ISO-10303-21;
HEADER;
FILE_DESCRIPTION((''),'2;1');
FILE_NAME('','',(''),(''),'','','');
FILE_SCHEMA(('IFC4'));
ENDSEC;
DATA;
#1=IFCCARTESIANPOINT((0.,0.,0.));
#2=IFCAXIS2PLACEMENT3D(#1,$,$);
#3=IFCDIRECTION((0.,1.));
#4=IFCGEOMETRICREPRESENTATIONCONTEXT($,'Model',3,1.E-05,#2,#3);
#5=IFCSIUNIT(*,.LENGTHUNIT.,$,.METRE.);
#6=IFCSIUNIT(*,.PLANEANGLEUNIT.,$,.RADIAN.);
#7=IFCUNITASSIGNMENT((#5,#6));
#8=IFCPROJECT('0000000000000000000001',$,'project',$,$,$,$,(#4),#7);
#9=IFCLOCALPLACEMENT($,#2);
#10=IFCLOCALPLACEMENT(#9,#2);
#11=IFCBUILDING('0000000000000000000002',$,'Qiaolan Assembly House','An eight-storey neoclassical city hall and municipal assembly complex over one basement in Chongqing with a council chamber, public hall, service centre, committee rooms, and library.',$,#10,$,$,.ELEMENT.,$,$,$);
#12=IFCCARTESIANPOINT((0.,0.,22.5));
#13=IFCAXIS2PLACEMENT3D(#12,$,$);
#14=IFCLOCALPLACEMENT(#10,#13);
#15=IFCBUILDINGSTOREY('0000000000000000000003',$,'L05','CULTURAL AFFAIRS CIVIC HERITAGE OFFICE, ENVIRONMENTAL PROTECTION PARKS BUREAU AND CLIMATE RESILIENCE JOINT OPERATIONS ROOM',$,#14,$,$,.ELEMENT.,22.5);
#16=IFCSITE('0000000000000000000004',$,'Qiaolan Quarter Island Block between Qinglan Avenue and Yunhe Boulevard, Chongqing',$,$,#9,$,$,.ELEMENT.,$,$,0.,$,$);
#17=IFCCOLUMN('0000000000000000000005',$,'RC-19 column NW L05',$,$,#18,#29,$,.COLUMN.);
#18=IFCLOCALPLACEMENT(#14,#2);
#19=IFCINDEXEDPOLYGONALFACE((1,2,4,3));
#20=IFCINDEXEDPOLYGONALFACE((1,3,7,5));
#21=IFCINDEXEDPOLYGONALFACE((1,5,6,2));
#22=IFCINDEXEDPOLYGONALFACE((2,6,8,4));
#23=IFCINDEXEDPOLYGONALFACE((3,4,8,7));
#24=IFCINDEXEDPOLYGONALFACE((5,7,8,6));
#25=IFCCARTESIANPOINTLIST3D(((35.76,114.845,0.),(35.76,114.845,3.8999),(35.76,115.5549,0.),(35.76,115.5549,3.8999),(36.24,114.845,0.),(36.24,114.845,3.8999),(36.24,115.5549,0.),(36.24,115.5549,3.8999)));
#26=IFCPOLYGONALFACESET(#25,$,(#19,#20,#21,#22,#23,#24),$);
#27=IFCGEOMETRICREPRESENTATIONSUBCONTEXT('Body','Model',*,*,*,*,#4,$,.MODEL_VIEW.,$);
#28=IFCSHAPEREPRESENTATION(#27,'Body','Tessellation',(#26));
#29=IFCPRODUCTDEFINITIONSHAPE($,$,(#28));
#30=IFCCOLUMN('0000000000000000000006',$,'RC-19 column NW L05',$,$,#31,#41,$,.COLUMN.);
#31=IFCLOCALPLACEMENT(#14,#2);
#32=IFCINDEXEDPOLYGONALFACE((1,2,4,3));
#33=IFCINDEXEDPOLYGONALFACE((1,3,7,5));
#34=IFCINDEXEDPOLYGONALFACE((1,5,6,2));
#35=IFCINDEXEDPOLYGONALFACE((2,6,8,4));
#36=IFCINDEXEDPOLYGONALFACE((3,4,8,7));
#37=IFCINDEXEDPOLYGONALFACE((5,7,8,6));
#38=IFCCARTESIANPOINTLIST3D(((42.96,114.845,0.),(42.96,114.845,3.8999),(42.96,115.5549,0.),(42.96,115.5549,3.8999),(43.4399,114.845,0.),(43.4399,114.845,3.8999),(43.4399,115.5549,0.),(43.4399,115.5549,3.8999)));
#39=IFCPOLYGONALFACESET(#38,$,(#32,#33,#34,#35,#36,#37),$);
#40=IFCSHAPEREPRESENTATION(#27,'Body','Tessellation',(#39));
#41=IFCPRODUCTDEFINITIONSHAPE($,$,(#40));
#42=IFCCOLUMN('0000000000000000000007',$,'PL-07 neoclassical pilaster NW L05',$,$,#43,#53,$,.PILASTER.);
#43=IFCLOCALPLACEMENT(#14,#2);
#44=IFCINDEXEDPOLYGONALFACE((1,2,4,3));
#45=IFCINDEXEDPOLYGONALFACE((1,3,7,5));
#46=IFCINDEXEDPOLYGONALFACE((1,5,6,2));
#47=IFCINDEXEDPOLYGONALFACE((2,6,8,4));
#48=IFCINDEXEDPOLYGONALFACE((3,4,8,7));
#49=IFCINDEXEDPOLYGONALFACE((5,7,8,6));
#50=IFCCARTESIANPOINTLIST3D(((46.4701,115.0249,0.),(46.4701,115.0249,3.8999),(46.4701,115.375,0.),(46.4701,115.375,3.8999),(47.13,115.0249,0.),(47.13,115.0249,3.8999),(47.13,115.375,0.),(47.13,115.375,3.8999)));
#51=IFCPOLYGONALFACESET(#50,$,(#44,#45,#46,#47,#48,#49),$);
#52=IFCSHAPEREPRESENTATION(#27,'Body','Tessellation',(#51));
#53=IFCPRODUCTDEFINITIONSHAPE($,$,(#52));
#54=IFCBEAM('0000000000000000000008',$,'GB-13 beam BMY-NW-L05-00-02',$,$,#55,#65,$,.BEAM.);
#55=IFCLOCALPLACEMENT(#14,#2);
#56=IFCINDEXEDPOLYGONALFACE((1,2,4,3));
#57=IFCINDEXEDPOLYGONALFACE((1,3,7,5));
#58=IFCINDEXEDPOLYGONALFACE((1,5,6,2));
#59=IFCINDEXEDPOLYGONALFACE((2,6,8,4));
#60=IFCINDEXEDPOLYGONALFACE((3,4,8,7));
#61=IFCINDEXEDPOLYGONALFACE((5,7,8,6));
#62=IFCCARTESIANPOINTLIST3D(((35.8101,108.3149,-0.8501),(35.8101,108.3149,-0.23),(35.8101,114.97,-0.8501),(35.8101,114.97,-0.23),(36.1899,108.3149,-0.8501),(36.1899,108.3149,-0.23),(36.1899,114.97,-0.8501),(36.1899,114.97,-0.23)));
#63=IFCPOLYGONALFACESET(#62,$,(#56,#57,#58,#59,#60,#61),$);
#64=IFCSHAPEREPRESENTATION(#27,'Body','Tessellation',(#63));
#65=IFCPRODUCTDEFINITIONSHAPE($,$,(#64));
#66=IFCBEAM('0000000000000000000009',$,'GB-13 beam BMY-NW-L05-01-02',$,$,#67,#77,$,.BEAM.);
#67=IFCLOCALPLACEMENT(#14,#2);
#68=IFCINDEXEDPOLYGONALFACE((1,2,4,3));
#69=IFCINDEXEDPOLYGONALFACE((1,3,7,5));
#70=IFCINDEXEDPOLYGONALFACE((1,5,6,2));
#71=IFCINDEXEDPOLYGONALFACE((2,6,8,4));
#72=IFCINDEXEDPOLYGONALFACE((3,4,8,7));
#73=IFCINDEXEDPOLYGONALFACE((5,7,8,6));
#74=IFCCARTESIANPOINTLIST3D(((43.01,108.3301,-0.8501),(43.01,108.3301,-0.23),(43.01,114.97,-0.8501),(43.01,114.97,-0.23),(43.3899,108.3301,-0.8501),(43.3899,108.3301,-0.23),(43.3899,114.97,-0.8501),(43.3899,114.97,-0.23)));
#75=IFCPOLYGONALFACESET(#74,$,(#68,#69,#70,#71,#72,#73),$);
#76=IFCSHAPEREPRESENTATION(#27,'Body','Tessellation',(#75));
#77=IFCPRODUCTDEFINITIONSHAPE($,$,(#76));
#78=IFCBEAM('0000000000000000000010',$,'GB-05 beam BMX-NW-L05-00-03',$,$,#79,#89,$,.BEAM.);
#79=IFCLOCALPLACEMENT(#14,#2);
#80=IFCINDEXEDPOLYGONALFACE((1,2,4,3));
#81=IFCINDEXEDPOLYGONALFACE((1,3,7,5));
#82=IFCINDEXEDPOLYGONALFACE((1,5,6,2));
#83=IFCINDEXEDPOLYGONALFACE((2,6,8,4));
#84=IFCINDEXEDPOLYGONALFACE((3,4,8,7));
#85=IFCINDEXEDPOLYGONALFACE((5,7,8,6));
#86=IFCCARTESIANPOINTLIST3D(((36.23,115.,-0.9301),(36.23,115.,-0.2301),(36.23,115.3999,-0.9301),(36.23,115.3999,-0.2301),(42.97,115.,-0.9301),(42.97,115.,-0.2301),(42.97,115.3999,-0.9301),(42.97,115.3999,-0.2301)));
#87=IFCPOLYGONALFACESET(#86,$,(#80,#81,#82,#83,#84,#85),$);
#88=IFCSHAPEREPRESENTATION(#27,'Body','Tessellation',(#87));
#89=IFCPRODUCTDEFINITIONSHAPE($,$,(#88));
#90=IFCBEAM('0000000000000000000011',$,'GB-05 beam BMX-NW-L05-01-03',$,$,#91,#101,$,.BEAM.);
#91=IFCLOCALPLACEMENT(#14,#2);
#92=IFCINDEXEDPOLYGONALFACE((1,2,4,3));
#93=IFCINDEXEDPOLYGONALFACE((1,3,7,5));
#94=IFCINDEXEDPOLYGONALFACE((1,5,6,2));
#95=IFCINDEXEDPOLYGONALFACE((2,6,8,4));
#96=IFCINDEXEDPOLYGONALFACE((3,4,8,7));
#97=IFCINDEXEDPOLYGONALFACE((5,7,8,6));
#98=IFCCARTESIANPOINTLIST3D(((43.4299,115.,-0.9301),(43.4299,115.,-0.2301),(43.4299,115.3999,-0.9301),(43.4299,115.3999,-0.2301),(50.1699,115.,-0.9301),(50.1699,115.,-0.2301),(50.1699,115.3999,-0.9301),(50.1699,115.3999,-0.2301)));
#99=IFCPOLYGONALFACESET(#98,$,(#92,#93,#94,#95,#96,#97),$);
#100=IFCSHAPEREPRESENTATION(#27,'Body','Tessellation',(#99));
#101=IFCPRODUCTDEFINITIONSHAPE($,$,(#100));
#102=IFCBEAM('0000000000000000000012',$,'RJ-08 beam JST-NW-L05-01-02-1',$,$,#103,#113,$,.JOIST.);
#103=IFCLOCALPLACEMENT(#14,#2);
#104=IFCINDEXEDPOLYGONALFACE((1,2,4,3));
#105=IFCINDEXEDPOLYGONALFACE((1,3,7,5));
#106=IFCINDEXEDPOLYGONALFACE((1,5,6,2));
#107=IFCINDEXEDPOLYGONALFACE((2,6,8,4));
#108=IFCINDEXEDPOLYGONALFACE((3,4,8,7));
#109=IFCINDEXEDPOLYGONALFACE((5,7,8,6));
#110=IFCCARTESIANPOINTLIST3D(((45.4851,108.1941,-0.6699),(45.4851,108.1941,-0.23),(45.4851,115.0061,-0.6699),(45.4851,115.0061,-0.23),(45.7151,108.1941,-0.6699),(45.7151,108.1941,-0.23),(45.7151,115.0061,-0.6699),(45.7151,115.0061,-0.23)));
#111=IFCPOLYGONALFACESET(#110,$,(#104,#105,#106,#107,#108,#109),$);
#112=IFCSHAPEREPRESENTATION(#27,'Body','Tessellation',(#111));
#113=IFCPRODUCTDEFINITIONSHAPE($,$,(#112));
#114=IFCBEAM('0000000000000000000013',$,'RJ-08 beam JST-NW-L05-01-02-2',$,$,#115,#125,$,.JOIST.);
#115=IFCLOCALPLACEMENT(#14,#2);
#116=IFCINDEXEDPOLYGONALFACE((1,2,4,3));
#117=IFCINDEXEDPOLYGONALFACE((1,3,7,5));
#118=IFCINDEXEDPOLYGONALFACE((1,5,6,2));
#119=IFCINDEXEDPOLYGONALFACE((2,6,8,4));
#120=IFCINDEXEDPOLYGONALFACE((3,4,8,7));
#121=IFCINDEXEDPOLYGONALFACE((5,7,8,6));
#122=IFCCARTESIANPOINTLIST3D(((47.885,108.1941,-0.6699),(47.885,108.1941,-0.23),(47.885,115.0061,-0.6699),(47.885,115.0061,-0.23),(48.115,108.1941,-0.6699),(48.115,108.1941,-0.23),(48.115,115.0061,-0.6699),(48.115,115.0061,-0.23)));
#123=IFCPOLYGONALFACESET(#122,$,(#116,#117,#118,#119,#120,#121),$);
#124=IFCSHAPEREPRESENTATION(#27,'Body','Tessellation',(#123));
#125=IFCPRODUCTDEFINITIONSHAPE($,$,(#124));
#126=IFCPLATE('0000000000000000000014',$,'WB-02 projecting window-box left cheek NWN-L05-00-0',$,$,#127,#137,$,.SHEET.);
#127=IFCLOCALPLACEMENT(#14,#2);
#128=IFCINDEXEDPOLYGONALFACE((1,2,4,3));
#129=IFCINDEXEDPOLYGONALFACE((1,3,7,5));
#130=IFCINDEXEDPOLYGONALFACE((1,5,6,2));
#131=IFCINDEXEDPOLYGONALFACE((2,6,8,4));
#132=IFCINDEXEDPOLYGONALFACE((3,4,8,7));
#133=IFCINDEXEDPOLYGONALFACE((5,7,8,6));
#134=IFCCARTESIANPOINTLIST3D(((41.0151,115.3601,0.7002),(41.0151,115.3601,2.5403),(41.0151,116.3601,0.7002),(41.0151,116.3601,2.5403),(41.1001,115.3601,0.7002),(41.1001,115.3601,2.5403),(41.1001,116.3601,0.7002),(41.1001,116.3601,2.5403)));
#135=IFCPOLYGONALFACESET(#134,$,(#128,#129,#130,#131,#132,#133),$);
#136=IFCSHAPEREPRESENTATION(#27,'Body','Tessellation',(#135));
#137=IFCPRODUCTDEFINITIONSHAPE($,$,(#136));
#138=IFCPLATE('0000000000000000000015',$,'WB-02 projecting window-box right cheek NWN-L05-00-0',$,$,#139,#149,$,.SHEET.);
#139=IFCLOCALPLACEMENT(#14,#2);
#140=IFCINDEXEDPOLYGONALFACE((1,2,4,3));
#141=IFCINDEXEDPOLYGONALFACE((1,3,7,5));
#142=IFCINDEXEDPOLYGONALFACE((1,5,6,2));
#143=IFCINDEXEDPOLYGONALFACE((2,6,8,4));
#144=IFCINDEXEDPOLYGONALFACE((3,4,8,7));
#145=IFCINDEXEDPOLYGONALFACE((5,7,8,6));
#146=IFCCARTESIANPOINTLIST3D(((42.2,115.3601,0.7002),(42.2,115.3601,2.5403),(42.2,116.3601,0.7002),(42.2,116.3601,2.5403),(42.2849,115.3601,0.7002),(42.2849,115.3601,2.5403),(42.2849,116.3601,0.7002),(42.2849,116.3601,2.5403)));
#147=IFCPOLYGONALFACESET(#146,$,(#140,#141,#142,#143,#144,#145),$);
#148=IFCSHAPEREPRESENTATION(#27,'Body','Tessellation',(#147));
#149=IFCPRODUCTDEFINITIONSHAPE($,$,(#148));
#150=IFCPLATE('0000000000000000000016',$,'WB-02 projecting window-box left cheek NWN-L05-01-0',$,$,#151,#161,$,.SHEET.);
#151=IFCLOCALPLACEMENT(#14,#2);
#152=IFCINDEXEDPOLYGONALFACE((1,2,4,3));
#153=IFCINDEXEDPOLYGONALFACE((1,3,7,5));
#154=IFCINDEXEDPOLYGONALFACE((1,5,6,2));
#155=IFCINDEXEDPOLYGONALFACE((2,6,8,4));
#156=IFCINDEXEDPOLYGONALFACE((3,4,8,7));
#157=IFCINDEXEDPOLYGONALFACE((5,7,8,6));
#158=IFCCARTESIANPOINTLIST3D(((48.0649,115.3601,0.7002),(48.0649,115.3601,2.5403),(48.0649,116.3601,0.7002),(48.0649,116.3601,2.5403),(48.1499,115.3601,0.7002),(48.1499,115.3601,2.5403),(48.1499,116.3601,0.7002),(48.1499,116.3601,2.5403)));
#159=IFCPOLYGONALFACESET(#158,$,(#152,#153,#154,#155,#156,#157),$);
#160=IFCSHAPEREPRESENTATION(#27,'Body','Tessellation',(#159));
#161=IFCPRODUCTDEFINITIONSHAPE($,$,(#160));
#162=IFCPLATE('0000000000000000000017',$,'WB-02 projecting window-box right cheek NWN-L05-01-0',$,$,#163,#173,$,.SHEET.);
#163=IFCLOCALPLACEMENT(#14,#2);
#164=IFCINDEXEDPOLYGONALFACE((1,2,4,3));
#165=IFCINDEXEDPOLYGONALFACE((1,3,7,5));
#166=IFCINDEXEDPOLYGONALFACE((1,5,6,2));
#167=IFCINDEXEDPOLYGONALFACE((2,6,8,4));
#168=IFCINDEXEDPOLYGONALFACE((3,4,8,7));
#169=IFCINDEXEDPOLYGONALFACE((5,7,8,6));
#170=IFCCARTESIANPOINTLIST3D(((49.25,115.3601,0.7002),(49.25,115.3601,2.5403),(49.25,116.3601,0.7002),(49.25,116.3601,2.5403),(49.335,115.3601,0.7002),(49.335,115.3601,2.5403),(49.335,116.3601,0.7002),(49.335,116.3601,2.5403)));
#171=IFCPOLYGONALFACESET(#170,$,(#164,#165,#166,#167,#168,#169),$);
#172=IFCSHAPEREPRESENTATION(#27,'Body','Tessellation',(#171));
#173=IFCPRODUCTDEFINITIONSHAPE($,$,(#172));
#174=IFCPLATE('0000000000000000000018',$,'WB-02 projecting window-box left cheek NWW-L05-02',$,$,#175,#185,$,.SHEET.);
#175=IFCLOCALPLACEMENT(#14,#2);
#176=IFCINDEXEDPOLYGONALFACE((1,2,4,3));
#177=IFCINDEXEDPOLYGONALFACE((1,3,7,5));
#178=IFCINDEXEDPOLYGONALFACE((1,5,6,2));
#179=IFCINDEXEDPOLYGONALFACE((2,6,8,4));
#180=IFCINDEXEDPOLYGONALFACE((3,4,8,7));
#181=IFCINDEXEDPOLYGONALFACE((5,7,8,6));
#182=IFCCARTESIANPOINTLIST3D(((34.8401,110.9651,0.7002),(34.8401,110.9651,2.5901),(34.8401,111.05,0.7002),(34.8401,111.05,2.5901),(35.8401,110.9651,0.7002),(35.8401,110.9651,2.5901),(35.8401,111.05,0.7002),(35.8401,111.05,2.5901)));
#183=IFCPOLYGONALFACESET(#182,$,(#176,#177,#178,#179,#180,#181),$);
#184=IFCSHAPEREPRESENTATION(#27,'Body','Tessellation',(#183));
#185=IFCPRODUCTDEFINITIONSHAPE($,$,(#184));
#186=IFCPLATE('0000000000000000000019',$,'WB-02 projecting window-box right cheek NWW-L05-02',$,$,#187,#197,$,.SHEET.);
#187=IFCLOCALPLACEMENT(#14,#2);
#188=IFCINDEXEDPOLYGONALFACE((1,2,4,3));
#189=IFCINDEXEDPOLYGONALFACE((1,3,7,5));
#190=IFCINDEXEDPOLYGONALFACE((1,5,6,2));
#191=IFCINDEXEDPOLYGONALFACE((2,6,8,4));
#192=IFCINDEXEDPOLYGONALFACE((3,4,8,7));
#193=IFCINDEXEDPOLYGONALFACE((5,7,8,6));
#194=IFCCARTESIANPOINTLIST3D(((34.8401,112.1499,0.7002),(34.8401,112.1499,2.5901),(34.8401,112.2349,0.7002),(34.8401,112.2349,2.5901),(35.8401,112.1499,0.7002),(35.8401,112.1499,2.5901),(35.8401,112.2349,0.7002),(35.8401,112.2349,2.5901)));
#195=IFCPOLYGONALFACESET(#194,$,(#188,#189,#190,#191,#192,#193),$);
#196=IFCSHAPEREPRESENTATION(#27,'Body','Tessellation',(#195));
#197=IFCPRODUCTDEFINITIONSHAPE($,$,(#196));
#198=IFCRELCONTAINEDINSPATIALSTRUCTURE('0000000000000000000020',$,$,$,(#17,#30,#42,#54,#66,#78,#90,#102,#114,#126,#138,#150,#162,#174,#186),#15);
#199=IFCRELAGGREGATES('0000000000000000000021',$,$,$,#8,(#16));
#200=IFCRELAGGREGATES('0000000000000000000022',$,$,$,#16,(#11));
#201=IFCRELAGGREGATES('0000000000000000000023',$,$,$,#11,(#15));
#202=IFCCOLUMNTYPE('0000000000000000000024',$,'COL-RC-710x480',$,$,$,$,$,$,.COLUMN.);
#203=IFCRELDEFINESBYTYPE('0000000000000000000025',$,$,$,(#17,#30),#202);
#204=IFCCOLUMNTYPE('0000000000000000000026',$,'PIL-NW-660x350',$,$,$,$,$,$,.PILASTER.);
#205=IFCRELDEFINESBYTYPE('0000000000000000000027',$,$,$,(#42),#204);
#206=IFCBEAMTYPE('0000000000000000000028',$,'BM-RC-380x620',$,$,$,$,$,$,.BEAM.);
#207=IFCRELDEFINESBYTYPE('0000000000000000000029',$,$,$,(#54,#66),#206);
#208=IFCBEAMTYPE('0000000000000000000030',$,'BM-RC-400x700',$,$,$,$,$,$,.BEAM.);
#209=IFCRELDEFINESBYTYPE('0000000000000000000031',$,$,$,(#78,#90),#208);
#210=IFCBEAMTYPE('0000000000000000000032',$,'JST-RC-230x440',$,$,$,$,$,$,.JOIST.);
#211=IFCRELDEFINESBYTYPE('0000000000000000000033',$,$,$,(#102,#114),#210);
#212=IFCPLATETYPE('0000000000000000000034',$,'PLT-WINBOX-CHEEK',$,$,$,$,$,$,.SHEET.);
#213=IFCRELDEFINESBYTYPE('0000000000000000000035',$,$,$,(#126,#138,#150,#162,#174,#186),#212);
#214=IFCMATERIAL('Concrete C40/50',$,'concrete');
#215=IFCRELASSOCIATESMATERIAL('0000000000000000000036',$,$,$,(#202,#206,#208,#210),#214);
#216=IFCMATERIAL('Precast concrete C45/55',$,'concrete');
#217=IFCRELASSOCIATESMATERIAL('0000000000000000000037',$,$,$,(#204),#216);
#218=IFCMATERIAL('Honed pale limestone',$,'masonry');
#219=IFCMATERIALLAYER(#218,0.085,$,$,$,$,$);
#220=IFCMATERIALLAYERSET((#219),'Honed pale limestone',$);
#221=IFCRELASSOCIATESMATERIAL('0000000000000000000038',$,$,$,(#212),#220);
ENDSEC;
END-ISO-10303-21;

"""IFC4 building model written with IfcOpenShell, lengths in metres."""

from ifc_helpers import new_model, si_unit, direction, frame, origin, origin_2d, place, context, subcontext, project, spatial, rectangle, extrude, material, layer, layer_set, material_profile, profile_set, type_object, element, save


model = new_model("IFC4")

# Units and contexts
model_context = context("Model", 3, precision=1e-05, world=origin(), true_north=direction((0.0, 1.0)))
body_context = subcontext(model_context, "Body", "Model", "MODEL_VIEW")
ifc_project = project(units=[si_unit("LENGTHUNIT", "METRE"), si_unit("PLANEANGLEUNIT", "RADIAN")], contexts=[model_context])

# Site, building, storey
site_placement = place(None, origin())
site = spatial("IfcSite", under=ifc_project, at=site_placement, Name="Qiaolan Quarter Island Block between Qinglan Avenue and Yunhe Boulevard, Chongqing", CompositionType="ELEMENT", RefElevation=0.0)
building_placement = place(site_placement, origin())
building = spatial("IfcBuilding", under=site, at=building_placement, Name="Qiaolan Assembly House", Description="An eight-storey neoclassical city hall and municipal assembly complex over one basement in Chongqing with a council chamber, public hall, service centre, committee rooms, and library.", CompositionType="ELEMENT")
storey_placement = place(building_placement, frame((0.0, 0.0, 22.5)))
storey = spatial("IfcBuildingStorey", under=building, at=storey_placement, Name="L05", Description="CULTURAL AFFAIRS CIVIC HERITAGE OFFICE, ENVIRONMENTAL PROTECTION PARKS BUREAU AND CLIMATE RESILIENCE JOINT OPERATIONS ROOM", CompositionType="ELEMENT", Elevation=22.5)

# Columns
ifc_material_1 = material(Name="Concrete C40/50", Category="concrete")
ifc_material_profile_1 = material_profile(ifc_material_1, rectangle(XDim=0.48, YDim=0.71, at=origin_2d()), Name="RC 710x480")
ifc_profile_set_1 = profile_set([ifc_material_profile_1], Name="Concrete C40/50")
column_type_1 = type_object("IfcColumnType", Name="COL-RC-710x480", PredefinedType="COLUMN", material=ifc_profile_set_1)
for number, where, z_axis, x_axis, name in (
    (1, (36.0, 115.2, 0.0), (0.0, 0.0, 1.0), (1.0, 0.0, 0.0), "RC-19 column NW L05"),
    (2, (43.2, 115.2, 0.0), (0.0, 0.0, 1.0), (1.0, 0.0, 0.0), "RC-19 column NW L05"),
):
    element("IfcColumn", number, at=place(storey_placement, frame(where, z_axis=z_axis, x_axis=x_axis)), inside=storey, type_object=column_type_1, Name=name, PredefinedType="COLUMN", context=body_context, shape_type="SweptSolid", body=[
        extrude(rectangle(XDim=0.48, YDim=0.71, at=origin_2d()), origin(), (0.0, 0.0, 1.0), 3.8999),
    ])
ifc_material_2 = material(Name="Precast concrete C45/55", Category="concrete")
ifc_material_profile_2 = material_profile(ifc_material_2, rectangle(XDim=0.6599, YDim=0.3501, at=origin_2d()), Name="PIL 660x350")
ifc_profile_set_2 = profile_set([ifc_material_profile_2], Name="Precast concrete C45/55")
column_type_2 = type_object("IfcColumnType", Name="PIL-NW-660x350", PredefinedType="PILASTER", material=ifc_profile_set_2)
column_placement = place(storey_placement, frame((46.8, 115.2, 0.0), z_axis=(0.0, 0.0, 1.0), x_axis=(1.0, 0.0, 0.0)))
element("IfcColumn", 3, at=column_placement, inside=storey, type_object=column_type_2, Name="PL-07 neoclassical pilaster NW L05", PredefinedType="PILASTER", context=body_context, shape_type="SweptSolid", body=[
    extrude(rectangle(XDim=0.6599, YDim=0.3501, at=origin_2d()), origin(), (0.0, 0.0, 1.0), 3.8999),
])

# Beams
ifc_material_profile_3 = material_profile(ifc_material_1, rectangle(XDim=0.3799, YDim=0.6201, at=origin_2d()), Name="RCB 380x620")
ifc_profile_set_3 = profile_set([ifc_material_profile_3], Name="Concrete C40/50")
beam_type_1 = type_object("IfcBeamType", Name="BM-RC-380x620", PredefinedType="BEAM", material=ifc_profile_set_3)
beam_1_placement = place(storey_placement, frame((36.0, 108.3149, -0.54), z_axis=(0.0, 1.0, 0.0), x_axis=(-1.0, 0.0, 0.0)))
element("IfcBeam", 4, at=beam_1_placement, inside=storey, type_object=beam_type_1, Name="GB-13 beam BMY-NW-L05-00-02", PredefinedType="BEAM", context=body_context, shape_type="SweptSolid", body=[
    extrude(rectangle(XDim=0.3799, YDim=0.6201, at=origin_2d()), origin(), (0.0, 0.0, 1.0), 6.655),
])
beam_2_placement = place(storey_placement, frame((43.2, 108.3301, -0.54), z_axis=(0.0, 1.0, 0.0), x_axis=(-1.0, 0.0, 0.0)))
element("IfcBeam", 5, at=beam_2_placement, inside=storey, type_object=beam_type_1, Name="GB-13 beam BMY-NW-L05-01-02", PredefinedType="BEAM", context=body_context, shape_type="SweptSolid", body=[
    extrude(rectangle(XDim=0.3799, YDim=0.6201, at=origin_2d()), origin(), (0.0, 0.0, 1.0), 6.6399),
])
ifc_material_profile_4 = material_profile(ifc_material_1, rectangle(XDim=0.3999, YDim=0.7, at=origin_2d()), Name="RCB 400x700")
ifc_profile_set_4 = profile_set([ifc_material_profile_4], Name="Concrete C40/50")
beam_type_2 = type_object("IfcBeamType", Name="BM-RC-400x700", PredefinedType="BEAM", material=ifc_profile_set_4)
for number, where, z_axis, x_axis, name in (
    (6, (36.23, 115.2, -0.5801), (1.0, 0.0, 0.0), (0.0, 1.0, 0.0), "GB-05 beam BMX-NW-L05-00-03"),
    (7, (43.4299, 115.2, -0.5801), (1.0, 0.0, 0.0), (0.0, 1.0, 0.0), "GB-05 beam BMX-NW-L05-01-03"),
):
    element("IfcBeam", number, at=place(storey_placement, frame(where, z_axis=z_axis, x_axis=x_axis)), inside=storey, type_object=beam_type_2, Name=name, PredefinedType="BEAM", context=body_context, shape_type="SweptSolid", body=[
        extrude(rectangle(XDim=0.3999, YDim=0.7, at=origin_2d()), origin(), (0.0, 0.0, 1.0), 6.74),
    ])
ifc_material_profile_5 = material_profile(ifc_material_1, rectangle(XDim=0.23, YDim=0.4399, at=origin_2d()), Name="RCB 230x440")
ifc_profile_set_5 = profile_set([ifc_material_profile_5], Name="Concrete C40/50")
beam_type_3 = type_object("IfcBeamType", Name="JST-RC-230x440", PredefinedType="JOIST", material=ifc_profile_set_5)
for number, where, z_axis, x_axis, name in (
    (8, (45.6001, 108.1941, -0.45), (0.0, 1.0, 0.0), (-1.0, 0.0, 0.0), "RJ-08 beam JST-NW-L05-01-02-1"),
    (9, (48.0, 108.1941, -0.45), (0.0, 1.0, 0.0), (-1.0, 0.0, 0.0), "RJ-08 beam JST-NW-L05-01-02-2"),
):
    element("IfcBeam", number, at=place(storey_placement, frame(where, z_axis=z_axis, x_axis=x_axis)), inside=storey, type_object=beam_type_3, Name=name, PredefinedType="JOIST", context=body_context, shape_type="SweptSolid", body=[
        extrude(rectangle(XDim=0.23, YDim=0.4399, at=origin_2d()), origin(), (0.0, 0.0, 1.0), 6.812),
    ])

# Plates
ifc_material_3 = material(Name="Honed pale limestone", Category="masonry")
ifc_layer_1 = layer(ifc_material_3, 0.085)
ifc_layer_set_1 = layer_set([ifc_layer_1], Name="Honed pale limestone")
plate_type = type_object("IfcPlateType", Name="PLT-WINBOX-CHEEK", PredefinedType="SHEET", material=ifc_layer_set_1)
for number, where, z_axis, x_axis, name in (
    (10, (41.0576, 115.8601, 0.7002), (0.0, 0.0, 1.0), (1.0, 0.0, 0.0), "WB-02 projecting window-box left cheek NWN-L05-00-0"),
    (11, (42.2424, 115.8601, 0.7002), (0.0, 0.0, 1.0), (1.0, 0.0, 0.0), "WB-02 projecting window-box right cheek NWN-L05-00-0"),
    (12, (48.1074, 115.8601, 0.7002), (0.0, 0.0, 1.0), (1.0, 0.0, 0.0), "WB-02 projecting window-box left cheek NWN-L05-01-0"),
    (13, (49.2925, 115.8601, 0.7002), (0.0, 0.0, 1.0), (1.0, 0.0, 0.0), "WB-02 projecting window-box right cheek NWN-L05-01-0"),
):
    element("IfcPlate", number, at=place(storey_placement, frame(where, z_axis=z_axis, x_axis=x_axis)), inside=storey, type_object=plate_type, Name=name, PredefinedType="SHEET", context=body_context, shape_type="SweptSolid", body=[
        extrude(rectangle(XDim=0.085, YDim=1.0, at=origin_2d()), origin(), (0.0, 0.0, 1.0), 1.8401),
    ])
for number, where, z_axis, x_axis, name in (
    (14, (35.3401, 111.0076, 0.7002), (0.0, 0.0, 1.0), (1.0, 0.0, 0.0), "WB-02 projecting window-box left cheek NWW-L05-02"),
    (15, (35.3401, 112.1924, 0.7002), (0.0, 0.0, 1.0), (1.0, 0.0, 0.0), "WB-02 projecting window-box right cheek NWW-L05-02"),
):
    element("IfcPlate", number, at=place(storey_placement, frame(where, z_axis=z_axis, x_axis=x_axis)), inside=storey, type_object=plate_type, Name=name, PredefinedType="SHEET", context=body_context, shape_type="SweptSolid", body=[
        extrude(rectangle(XDim=1.0, YDim=0.085, at=origin_2d()), origin(), (0.0, 0.0, 1.0), 1.8899),
    ])

save(model, "model.ifc")
